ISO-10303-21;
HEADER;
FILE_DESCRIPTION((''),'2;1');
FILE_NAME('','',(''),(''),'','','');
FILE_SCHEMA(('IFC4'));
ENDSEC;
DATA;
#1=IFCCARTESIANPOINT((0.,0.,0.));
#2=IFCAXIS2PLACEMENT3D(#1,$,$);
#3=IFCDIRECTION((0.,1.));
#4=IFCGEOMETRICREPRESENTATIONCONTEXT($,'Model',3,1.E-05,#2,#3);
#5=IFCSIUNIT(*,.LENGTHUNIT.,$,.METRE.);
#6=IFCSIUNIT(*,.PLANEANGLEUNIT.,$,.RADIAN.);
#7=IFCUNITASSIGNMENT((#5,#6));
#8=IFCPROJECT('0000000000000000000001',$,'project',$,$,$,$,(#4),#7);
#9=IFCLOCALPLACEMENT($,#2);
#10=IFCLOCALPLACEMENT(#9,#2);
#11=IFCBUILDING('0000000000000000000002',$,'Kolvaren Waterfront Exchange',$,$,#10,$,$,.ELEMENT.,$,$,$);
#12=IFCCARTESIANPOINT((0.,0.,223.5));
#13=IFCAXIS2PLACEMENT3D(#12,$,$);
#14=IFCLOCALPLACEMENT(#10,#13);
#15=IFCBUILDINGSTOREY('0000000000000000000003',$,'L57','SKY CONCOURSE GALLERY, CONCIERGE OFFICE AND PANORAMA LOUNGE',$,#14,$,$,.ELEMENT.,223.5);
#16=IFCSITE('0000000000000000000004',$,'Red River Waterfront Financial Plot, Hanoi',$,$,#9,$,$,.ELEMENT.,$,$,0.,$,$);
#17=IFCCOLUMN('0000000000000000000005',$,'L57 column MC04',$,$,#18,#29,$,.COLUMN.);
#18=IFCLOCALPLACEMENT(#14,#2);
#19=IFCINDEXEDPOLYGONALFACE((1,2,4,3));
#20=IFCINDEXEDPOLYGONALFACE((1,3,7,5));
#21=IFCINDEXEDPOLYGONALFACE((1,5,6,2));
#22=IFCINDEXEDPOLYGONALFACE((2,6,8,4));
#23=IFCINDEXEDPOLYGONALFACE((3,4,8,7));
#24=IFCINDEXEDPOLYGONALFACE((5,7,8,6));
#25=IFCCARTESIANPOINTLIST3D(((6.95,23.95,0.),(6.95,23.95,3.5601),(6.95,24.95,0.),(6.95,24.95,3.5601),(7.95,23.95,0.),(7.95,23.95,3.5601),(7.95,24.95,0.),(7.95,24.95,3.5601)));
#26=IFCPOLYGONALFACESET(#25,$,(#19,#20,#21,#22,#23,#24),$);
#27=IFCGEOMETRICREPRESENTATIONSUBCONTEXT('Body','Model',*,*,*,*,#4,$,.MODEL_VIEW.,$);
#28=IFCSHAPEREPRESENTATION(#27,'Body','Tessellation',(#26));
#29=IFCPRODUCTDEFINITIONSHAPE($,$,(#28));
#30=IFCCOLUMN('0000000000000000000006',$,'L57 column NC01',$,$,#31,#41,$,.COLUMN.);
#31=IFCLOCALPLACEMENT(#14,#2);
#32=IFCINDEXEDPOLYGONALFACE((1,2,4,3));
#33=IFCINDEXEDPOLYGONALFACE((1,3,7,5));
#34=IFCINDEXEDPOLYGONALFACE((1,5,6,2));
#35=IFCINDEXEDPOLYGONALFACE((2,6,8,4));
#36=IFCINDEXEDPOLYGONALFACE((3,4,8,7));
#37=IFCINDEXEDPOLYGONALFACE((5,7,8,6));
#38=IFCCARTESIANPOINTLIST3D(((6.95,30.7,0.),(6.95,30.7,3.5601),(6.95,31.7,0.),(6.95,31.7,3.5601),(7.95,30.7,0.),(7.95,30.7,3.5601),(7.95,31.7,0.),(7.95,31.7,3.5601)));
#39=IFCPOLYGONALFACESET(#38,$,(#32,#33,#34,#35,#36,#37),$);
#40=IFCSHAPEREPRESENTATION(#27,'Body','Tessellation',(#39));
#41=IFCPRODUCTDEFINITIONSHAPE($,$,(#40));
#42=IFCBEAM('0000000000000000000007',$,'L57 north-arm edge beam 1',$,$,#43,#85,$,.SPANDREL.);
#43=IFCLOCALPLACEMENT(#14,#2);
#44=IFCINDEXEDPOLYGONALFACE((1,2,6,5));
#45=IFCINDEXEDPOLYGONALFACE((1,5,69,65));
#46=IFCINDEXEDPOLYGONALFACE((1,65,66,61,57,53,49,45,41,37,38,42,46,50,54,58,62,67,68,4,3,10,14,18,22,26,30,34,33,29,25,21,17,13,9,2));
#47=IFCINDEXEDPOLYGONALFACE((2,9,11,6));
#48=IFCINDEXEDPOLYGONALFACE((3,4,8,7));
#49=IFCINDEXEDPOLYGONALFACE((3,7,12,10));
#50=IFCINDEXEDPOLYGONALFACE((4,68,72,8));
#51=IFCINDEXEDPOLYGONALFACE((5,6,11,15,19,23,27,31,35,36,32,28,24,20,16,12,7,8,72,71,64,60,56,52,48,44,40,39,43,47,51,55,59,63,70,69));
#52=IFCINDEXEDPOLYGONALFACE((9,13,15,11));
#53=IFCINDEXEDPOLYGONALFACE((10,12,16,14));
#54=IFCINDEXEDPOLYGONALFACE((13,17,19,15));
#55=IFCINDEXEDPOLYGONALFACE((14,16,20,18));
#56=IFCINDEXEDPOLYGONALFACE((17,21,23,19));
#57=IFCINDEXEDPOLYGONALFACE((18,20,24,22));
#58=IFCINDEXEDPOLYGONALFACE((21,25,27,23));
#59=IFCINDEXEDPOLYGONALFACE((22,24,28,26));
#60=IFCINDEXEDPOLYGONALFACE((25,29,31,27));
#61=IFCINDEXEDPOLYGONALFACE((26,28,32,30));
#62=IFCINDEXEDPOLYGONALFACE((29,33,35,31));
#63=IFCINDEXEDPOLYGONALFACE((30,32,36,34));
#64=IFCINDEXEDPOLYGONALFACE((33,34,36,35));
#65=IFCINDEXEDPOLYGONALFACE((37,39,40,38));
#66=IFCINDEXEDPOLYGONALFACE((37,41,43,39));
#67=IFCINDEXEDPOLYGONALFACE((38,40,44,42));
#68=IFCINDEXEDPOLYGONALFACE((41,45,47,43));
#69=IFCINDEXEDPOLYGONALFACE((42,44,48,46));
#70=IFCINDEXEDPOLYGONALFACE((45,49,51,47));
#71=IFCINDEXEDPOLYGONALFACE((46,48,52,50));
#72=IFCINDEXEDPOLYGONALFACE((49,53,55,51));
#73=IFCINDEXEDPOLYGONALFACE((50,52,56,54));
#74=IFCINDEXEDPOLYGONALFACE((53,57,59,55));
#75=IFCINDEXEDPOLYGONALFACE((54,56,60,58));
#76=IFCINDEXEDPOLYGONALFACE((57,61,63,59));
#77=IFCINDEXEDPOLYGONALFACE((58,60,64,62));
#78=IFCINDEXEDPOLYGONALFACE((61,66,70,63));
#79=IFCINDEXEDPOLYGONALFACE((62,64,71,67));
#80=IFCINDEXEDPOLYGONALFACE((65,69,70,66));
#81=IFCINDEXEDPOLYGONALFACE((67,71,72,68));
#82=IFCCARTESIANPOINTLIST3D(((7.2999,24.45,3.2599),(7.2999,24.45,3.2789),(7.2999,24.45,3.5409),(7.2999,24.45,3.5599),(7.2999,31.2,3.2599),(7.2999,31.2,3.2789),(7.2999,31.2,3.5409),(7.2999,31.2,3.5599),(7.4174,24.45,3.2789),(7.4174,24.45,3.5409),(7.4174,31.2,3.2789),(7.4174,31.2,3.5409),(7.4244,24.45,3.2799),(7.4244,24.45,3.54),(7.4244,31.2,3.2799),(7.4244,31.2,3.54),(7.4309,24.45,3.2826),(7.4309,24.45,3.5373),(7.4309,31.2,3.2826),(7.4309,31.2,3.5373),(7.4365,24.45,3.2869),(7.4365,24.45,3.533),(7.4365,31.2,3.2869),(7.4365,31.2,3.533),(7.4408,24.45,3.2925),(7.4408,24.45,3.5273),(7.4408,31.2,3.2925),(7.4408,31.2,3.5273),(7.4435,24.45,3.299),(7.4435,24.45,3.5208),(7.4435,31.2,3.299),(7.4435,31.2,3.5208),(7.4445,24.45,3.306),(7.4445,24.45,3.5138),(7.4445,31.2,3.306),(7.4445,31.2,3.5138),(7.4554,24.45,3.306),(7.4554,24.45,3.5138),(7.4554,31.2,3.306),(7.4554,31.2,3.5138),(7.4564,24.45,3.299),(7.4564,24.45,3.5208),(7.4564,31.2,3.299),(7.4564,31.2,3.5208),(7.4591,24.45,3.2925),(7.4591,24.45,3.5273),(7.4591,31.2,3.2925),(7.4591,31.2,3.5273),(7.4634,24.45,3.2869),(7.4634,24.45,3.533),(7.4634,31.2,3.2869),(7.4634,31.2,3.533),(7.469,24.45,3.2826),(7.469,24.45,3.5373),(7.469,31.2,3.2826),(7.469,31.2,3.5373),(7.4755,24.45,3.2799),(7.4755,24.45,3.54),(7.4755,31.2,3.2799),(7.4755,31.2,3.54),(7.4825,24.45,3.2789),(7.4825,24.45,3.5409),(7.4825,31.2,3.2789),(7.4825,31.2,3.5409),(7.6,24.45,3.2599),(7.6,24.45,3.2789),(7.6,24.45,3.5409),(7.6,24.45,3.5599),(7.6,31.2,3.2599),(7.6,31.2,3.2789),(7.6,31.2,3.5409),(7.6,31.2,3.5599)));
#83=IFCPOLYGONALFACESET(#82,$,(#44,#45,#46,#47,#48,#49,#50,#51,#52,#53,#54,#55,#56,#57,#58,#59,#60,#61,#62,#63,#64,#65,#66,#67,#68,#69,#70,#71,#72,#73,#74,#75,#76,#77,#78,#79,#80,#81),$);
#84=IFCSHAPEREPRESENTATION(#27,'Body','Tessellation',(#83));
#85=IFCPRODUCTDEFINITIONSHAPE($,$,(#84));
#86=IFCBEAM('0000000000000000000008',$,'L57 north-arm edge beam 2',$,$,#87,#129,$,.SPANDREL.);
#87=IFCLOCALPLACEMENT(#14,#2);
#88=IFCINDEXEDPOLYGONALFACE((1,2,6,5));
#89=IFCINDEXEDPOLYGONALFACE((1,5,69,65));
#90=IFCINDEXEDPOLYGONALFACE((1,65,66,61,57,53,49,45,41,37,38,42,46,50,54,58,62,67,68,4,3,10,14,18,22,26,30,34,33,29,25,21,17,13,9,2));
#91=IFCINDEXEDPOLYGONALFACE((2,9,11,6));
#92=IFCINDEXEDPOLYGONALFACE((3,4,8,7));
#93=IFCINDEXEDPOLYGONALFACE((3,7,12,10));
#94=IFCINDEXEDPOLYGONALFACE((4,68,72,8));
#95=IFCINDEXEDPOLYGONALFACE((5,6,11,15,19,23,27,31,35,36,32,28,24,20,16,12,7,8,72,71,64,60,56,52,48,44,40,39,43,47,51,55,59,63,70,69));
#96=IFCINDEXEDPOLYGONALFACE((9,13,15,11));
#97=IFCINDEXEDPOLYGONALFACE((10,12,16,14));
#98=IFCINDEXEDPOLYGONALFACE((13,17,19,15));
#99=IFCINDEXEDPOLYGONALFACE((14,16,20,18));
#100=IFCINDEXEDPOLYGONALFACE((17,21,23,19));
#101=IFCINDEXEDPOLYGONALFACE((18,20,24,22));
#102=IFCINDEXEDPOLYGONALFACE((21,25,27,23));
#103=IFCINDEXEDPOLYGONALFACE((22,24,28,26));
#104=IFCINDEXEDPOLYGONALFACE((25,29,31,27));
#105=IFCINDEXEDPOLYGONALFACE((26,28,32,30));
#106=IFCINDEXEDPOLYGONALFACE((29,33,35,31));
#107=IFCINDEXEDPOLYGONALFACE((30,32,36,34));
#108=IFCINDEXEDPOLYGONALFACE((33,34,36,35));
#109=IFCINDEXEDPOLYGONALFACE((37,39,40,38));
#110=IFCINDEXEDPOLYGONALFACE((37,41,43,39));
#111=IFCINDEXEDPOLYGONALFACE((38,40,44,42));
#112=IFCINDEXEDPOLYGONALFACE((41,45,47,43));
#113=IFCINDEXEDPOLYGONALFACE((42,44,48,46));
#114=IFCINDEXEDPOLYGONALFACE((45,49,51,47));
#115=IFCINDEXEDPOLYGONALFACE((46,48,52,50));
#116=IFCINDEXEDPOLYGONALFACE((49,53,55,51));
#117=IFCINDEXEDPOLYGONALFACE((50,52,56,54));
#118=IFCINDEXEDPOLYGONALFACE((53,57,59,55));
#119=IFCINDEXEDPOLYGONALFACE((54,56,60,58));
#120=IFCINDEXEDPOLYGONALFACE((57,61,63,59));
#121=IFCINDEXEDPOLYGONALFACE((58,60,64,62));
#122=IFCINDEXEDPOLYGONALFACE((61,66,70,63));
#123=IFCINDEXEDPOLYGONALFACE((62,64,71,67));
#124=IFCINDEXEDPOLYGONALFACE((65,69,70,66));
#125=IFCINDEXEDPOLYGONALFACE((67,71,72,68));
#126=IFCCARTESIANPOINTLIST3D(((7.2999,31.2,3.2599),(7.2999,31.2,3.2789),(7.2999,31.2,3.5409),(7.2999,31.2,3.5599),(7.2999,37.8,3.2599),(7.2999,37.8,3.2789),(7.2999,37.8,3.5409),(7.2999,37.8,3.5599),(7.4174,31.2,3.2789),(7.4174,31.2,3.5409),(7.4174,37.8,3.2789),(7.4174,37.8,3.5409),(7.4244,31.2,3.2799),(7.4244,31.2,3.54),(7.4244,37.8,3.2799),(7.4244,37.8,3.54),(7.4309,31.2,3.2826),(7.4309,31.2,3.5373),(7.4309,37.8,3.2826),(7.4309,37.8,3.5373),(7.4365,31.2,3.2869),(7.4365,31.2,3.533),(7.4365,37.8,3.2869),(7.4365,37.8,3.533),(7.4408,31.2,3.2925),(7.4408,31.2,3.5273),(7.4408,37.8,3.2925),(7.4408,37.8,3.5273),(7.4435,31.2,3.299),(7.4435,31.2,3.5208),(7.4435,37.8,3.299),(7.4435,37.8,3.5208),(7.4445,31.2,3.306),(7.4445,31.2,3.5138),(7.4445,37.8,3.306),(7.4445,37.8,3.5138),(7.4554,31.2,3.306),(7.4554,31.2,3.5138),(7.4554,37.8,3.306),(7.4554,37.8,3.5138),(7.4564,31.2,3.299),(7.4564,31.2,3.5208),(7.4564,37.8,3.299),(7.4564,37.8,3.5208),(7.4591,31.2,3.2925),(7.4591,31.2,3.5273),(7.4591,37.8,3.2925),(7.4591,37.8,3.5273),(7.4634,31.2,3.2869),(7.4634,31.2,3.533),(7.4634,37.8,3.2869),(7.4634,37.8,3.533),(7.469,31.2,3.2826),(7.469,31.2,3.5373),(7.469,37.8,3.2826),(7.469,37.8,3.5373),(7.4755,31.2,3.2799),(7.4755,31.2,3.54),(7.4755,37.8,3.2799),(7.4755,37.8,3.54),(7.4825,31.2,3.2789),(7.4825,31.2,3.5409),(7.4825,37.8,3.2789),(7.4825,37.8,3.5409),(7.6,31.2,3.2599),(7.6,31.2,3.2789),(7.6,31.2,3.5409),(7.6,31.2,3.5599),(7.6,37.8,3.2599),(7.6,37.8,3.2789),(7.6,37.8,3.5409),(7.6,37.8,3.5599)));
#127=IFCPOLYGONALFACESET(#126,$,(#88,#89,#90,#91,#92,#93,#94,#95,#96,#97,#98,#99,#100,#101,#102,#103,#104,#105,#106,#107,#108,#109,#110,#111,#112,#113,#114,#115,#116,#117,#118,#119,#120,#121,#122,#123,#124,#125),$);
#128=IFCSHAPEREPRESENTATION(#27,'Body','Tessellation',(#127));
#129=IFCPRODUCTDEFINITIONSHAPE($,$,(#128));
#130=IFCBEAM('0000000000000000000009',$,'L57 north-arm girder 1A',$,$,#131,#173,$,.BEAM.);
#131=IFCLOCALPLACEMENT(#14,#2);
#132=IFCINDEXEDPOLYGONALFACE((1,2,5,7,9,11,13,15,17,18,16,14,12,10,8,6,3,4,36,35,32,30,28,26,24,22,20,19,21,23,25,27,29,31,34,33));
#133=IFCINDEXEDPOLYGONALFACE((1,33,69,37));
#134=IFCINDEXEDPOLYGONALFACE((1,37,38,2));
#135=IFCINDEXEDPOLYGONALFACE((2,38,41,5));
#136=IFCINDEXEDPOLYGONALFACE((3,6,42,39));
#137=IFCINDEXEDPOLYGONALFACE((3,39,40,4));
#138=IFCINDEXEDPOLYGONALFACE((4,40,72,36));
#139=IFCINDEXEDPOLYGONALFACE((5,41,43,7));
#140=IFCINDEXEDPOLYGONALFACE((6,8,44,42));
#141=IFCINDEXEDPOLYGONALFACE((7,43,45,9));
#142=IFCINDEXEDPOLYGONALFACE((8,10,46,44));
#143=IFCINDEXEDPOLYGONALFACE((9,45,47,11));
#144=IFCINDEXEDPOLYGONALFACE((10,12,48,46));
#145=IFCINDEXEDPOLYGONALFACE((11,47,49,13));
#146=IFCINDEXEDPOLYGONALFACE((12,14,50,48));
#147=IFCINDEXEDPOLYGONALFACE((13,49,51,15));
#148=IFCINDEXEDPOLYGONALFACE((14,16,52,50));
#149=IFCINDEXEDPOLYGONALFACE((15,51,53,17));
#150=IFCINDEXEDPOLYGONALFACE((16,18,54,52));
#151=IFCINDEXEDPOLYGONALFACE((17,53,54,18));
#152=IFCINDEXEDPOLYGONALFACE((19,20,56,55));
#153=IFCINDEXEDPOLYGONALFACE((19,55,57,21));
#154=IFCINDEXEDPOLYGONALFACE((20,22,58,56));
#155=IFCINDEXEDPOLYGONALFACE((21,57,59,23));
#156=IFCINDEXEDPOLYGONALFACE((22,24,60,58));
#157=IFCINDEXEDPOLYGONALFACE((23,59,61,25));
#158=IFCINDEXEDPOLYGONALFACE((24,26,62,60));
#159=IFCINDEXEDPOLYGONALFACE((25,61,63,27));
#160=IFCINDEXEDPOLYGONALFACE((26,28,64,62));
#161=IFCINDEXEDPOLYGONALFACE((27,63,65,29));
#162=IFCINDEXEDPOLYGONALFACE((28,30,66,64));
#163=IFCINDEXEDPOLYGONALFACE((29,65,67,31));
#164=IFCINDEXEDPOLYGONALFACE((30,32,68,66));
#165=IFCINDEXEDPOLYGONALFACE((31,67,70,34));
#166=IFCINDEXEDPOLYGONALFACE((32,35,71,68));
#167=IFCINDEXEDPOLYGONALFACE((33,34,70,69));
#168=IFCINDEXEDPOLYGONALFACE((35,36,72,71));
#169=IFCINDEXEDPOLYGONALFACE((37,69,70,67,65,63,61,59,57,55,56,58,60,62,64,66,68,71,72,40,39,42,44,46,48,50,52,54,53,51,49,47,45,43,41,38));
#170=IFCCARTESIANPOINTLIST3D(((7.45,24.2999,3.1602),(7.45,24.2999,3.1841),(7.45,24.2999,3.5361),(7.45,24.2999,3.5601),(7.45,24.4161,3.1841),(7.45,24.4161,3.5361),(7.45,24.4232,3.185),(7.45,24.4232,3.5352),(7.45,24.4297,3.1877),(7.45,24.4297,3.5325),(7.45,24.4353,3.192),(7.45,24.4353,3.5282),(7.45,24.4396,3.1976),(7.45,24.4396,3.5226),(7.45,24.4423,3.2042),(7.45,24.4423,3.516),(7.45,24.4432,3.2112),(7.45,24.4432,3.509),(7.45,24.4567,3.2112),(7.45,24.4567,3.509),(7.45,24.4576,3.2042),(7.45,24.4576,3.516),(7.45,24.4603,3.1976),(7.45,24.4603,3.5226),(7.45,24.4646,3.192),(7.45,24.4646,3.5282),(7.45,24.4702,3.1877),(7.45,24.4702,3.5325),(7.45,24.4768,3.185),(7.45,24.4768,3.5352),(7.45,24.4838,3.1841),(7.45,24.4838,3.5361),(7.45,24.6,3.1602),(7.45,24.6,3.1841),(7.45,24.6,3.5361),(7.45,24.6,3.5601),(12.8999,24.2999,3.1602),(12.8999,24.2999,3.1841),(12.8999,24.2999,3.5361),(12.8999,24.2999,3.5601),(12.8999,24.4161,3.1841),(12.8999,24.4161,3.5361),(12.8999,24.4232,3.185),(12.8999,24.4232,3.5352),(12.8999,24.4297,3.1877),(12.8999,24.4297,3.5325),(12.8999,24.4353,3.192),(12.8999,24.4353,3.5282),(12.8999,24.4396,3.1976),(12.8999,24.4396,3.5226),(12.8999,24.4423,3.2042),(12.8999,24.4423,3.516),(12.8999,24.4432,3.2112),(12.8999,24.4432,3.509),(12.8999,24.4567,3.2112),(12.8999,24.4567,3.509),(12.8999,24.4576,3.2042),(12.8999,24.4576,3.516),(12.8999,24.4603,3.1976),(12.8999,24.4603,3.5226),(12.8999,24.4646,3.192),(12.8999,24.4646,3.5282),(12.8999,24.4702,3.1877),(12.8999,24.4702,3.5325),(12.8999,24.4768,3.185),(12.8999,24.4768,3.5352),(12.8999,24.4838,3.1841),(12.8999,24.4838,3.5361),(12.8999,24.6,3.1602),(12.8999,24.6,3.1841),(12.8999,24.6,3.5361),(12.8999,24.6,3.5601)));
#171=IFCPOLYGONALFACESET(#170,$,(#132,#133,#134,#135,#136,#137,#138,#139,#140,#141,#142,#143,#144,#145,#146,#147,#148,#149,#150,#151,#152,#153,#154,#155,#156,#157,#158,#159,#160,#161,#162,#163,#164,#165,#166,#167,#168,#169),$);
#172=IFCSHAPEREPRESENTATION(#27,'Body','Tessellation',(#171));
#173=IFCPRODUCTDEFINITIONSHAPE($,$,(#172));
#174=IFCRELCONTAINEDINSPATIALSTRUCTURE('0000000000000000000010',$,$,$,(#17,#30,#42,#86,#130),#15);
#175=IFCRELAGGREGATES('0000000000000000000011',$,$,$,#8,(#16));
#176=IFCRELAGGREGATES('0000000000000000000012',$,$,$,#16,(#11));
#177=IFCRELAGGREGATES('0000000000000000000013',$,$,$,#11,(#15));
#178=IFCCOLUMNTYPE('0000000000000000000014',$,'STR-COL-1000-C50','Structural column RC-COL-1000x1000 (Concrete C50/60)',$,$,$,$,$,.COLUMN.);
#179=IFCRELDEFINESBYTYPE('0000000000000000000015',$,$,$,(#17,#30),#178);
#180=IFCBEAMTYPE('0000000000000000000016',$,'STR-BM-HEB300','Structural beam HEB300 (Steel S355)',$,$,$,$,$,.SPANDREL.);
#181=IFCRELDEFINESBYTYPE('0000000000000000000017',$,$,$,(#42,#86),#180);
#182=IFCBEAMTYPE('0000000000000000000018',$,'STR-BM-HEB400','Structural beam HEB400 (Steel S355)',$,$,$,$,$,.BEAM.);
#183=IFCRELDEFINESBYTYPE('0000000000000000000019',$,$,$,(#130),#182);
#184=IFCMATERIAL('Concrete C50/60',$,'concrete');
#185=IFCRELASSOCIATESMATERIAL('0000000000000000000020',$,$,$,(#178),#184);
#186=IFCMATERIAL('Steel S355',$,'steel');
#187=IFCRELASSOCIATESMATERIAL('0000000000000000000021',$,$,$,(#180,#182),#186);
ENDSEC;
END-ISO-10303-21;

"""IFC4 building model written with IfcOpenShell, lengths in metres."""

from ifc_helpers import new_model, si_unit, direction, frame, origin, origin_2d, place, context, subcontext, project, spatial, rectangle, i_section, extrude, material, material_profile, profile_set, type_object, element, save


model = new_model("IFC4")

# Units and contexts
model_context = context("Model", 3, precision=1e-05, world=origin(), true_north=direction((0.0, 1.0)))
body_context = subcontext(model_context, "Body", "Model", "MODEL_VIEW")
ifc_project = project(units=[si_unit("LENGTHUNIT", "METRE"), si_unit("PLANEANGLEUNIT", "RADIAN")], contexts=[model_context])

# Site, building, storey
site_placement = place(None, origin())
site = spatial("IfcSite", under=ifc_project, at=site_placement, Name="Red River Waterfront Financial Plot, Hanoi", CompositionType="ELEMENT", RefElevation=0.0)
building_placement = place(site_placement, origin())
building = spatial("IfcBuilding", under=site, at=building_placement, Name="Kolvaren Waterfront Exchange", CompositionType="ELEMENT")
storey_placement = place(building_placement, frame((0.0, 0.0, 223.5)))
storey = spatial("IfcBuildingStorey", under=building, at=storey_placement, Name="L57", Description="SKY CONCOURSE GALLERY, CONCIERGE OFFICE AND PANORAMA LOUNGE", CompositionType="ELEMENT", Elevation=223.5)

# Columns
ifc_material_1 = material(Name="Concrete C50/60", Category="concrete")
ifc_material_profile_1 = material_profile(ifc_material_1, rectangle(XDim=1.0, YDim=1.0, at=origin_2d()), Name="RC-COL-1000x1000")
ifc_profile_set_1 = profile_set([ifc_material_profile_1], Name="Concrete C50/60")
column_type = type_object("IfcColumnType", Name="STR-COL-1000-C50", Description="Structural column RC-COL-1000x1000 (Concrete C50/60)", PredefinedType="COLUMN", material=ifc_profile_set_1)
for number, where, z_axis, x_axis, name in (
    (1, (7.45, 24.45, 0.0), (0.0, 0.0, 1.0), (1.0, 0.0, 0.0), "L57 column MC04"),
    (2, (7.45, 31.2, 0.0), (0.0, 0.0, 1.0), (1.0, 0.0, 0.0), "L57 column NC01"),
):
    element("IfcColumn", number, at=place(storey_placement, frame(where, z_axis=z_axis, x_axis=x_axis)), inside=storey, type_object=column_type, Name=name, PredefinedType="COLUMN", context=body_context, shape_type="SweptSolid", body=[
        extrude(rectangle(XDim=1.0, YDim=1.0, at=origin_2d()), origin(), (0.0, 0.0, 1.0), 3.5601),
    ])

# Beams
ifc_material_2 = material(Name="Steel S355", Category="steel")
ifc_material_profile_2 = material_profile(ifc_material_2, i_section(OverallWidth=0.3, OverallDepth=0.3, WebThickness=0.011, FlangeThickness=0.019, FilletRadius=0.0271, at=origin_2d()), Name="HEB300")
ifc_profile_set_2 = profile_set([ifc_material_profile_2], Name="Steel S355")
beam_type_1 = type_object("IfcBeamType", Name="STR-BM-HEB300", Description="Structural beam HEB300 (Steel S355)", PredefinedType="SPANDREL", material=ifc_profile_set_2)
beam_1_placement = place(storey_placement, frame((7.45, 24.45, 3.4099), z_axis=(0.0, 1.0, 0.0), x_axis=(-1.0, 0.0, 0.0)))
element("IfcBeam", 3, at=beam_1_placement, inside=storey, type_object=beam_type_1, Name="L57 north-arm edge beam 1", PredefinedType="SPANDREL", context=body_context, shape_type="SweptSolid", body=[
    extrude(i_section(OverallWidth=0.3, OverallDepth=0.3, WebThickness=0.011, FlangeThickness=0.019, FilletRadius=0.0271, at=origin_2d()), origin(), (0.0, 0.0, 1.0), 6.75),
])
beam_2_placement = place(storey_placement, frame((7.45, 31.2, 3.4099), z_axis=(0.0, 1.0, 0.0), x_axis=(-1.0, 0.0, 0.0)))
element("IfcBeam", 4, at=beam_2_placement, inside=storey, type_object=beam_type_1, Name="L57 north-arm edge beam 2", PredefinedType="SPANDREL", context=body_context, shape_type="SweptSolid", body=[
    extrude(i_section(OverallWidth=0.3, OverallDepth=0.3, WebThickness=0.011, FlangeThickness=0.019, FilletRadius=0.0271, at=origin_2d()), origin(), (0.0, 0.0, 1.0), 6.6001),
])
ifc_material_profile_3 = material_profile(ifc_material_2, i_section(OverallWidth=0.3, OverallDepth=0.3999, WebThickness=0.0134, FlangeThickness=0.0239, FilletRadius=0.0271, at=origin_2d()), Name="HEB400")
ifc_profile_set_3 = profile_set([ifc_material_profile_3], Name="Steel S355")
beam_type_2 = type_object("IfcBeamType", Name="STR-BM-HEB400", Description="Structural beam HEB400 (Steel S355)", PredefinedType="BEAM", material=ifc_profile_set_3)
for number, where, z_axis, x_axis, name in (
    (5, (7.45, 24.45, 3.3601), (1.0, 0.0, 0.0), (0.0, 1.0, 0.0), "L57 north-arm girder 1A"),
):
    element("IfcBeam", number, at=place(storey_placement, frame(where, z_axis=z_axis, x_axis=x_axis)), inside=storey, type_object=beam_type_2, Name=name, PredefinedType="BEAM", context=body_context, shape_type="SweptSolid", body=[
        extrude(i_section(OverallWidth=0.3, OverallDepth=0.3999, WebThickness=0.0134, FlangeThickness=0.0239, FilletRadius=0.0271, at=origin_2d()), origin(), (0.0, 0.0, 1.0), 5.45),
    ])

save(model, "model.ifc")
